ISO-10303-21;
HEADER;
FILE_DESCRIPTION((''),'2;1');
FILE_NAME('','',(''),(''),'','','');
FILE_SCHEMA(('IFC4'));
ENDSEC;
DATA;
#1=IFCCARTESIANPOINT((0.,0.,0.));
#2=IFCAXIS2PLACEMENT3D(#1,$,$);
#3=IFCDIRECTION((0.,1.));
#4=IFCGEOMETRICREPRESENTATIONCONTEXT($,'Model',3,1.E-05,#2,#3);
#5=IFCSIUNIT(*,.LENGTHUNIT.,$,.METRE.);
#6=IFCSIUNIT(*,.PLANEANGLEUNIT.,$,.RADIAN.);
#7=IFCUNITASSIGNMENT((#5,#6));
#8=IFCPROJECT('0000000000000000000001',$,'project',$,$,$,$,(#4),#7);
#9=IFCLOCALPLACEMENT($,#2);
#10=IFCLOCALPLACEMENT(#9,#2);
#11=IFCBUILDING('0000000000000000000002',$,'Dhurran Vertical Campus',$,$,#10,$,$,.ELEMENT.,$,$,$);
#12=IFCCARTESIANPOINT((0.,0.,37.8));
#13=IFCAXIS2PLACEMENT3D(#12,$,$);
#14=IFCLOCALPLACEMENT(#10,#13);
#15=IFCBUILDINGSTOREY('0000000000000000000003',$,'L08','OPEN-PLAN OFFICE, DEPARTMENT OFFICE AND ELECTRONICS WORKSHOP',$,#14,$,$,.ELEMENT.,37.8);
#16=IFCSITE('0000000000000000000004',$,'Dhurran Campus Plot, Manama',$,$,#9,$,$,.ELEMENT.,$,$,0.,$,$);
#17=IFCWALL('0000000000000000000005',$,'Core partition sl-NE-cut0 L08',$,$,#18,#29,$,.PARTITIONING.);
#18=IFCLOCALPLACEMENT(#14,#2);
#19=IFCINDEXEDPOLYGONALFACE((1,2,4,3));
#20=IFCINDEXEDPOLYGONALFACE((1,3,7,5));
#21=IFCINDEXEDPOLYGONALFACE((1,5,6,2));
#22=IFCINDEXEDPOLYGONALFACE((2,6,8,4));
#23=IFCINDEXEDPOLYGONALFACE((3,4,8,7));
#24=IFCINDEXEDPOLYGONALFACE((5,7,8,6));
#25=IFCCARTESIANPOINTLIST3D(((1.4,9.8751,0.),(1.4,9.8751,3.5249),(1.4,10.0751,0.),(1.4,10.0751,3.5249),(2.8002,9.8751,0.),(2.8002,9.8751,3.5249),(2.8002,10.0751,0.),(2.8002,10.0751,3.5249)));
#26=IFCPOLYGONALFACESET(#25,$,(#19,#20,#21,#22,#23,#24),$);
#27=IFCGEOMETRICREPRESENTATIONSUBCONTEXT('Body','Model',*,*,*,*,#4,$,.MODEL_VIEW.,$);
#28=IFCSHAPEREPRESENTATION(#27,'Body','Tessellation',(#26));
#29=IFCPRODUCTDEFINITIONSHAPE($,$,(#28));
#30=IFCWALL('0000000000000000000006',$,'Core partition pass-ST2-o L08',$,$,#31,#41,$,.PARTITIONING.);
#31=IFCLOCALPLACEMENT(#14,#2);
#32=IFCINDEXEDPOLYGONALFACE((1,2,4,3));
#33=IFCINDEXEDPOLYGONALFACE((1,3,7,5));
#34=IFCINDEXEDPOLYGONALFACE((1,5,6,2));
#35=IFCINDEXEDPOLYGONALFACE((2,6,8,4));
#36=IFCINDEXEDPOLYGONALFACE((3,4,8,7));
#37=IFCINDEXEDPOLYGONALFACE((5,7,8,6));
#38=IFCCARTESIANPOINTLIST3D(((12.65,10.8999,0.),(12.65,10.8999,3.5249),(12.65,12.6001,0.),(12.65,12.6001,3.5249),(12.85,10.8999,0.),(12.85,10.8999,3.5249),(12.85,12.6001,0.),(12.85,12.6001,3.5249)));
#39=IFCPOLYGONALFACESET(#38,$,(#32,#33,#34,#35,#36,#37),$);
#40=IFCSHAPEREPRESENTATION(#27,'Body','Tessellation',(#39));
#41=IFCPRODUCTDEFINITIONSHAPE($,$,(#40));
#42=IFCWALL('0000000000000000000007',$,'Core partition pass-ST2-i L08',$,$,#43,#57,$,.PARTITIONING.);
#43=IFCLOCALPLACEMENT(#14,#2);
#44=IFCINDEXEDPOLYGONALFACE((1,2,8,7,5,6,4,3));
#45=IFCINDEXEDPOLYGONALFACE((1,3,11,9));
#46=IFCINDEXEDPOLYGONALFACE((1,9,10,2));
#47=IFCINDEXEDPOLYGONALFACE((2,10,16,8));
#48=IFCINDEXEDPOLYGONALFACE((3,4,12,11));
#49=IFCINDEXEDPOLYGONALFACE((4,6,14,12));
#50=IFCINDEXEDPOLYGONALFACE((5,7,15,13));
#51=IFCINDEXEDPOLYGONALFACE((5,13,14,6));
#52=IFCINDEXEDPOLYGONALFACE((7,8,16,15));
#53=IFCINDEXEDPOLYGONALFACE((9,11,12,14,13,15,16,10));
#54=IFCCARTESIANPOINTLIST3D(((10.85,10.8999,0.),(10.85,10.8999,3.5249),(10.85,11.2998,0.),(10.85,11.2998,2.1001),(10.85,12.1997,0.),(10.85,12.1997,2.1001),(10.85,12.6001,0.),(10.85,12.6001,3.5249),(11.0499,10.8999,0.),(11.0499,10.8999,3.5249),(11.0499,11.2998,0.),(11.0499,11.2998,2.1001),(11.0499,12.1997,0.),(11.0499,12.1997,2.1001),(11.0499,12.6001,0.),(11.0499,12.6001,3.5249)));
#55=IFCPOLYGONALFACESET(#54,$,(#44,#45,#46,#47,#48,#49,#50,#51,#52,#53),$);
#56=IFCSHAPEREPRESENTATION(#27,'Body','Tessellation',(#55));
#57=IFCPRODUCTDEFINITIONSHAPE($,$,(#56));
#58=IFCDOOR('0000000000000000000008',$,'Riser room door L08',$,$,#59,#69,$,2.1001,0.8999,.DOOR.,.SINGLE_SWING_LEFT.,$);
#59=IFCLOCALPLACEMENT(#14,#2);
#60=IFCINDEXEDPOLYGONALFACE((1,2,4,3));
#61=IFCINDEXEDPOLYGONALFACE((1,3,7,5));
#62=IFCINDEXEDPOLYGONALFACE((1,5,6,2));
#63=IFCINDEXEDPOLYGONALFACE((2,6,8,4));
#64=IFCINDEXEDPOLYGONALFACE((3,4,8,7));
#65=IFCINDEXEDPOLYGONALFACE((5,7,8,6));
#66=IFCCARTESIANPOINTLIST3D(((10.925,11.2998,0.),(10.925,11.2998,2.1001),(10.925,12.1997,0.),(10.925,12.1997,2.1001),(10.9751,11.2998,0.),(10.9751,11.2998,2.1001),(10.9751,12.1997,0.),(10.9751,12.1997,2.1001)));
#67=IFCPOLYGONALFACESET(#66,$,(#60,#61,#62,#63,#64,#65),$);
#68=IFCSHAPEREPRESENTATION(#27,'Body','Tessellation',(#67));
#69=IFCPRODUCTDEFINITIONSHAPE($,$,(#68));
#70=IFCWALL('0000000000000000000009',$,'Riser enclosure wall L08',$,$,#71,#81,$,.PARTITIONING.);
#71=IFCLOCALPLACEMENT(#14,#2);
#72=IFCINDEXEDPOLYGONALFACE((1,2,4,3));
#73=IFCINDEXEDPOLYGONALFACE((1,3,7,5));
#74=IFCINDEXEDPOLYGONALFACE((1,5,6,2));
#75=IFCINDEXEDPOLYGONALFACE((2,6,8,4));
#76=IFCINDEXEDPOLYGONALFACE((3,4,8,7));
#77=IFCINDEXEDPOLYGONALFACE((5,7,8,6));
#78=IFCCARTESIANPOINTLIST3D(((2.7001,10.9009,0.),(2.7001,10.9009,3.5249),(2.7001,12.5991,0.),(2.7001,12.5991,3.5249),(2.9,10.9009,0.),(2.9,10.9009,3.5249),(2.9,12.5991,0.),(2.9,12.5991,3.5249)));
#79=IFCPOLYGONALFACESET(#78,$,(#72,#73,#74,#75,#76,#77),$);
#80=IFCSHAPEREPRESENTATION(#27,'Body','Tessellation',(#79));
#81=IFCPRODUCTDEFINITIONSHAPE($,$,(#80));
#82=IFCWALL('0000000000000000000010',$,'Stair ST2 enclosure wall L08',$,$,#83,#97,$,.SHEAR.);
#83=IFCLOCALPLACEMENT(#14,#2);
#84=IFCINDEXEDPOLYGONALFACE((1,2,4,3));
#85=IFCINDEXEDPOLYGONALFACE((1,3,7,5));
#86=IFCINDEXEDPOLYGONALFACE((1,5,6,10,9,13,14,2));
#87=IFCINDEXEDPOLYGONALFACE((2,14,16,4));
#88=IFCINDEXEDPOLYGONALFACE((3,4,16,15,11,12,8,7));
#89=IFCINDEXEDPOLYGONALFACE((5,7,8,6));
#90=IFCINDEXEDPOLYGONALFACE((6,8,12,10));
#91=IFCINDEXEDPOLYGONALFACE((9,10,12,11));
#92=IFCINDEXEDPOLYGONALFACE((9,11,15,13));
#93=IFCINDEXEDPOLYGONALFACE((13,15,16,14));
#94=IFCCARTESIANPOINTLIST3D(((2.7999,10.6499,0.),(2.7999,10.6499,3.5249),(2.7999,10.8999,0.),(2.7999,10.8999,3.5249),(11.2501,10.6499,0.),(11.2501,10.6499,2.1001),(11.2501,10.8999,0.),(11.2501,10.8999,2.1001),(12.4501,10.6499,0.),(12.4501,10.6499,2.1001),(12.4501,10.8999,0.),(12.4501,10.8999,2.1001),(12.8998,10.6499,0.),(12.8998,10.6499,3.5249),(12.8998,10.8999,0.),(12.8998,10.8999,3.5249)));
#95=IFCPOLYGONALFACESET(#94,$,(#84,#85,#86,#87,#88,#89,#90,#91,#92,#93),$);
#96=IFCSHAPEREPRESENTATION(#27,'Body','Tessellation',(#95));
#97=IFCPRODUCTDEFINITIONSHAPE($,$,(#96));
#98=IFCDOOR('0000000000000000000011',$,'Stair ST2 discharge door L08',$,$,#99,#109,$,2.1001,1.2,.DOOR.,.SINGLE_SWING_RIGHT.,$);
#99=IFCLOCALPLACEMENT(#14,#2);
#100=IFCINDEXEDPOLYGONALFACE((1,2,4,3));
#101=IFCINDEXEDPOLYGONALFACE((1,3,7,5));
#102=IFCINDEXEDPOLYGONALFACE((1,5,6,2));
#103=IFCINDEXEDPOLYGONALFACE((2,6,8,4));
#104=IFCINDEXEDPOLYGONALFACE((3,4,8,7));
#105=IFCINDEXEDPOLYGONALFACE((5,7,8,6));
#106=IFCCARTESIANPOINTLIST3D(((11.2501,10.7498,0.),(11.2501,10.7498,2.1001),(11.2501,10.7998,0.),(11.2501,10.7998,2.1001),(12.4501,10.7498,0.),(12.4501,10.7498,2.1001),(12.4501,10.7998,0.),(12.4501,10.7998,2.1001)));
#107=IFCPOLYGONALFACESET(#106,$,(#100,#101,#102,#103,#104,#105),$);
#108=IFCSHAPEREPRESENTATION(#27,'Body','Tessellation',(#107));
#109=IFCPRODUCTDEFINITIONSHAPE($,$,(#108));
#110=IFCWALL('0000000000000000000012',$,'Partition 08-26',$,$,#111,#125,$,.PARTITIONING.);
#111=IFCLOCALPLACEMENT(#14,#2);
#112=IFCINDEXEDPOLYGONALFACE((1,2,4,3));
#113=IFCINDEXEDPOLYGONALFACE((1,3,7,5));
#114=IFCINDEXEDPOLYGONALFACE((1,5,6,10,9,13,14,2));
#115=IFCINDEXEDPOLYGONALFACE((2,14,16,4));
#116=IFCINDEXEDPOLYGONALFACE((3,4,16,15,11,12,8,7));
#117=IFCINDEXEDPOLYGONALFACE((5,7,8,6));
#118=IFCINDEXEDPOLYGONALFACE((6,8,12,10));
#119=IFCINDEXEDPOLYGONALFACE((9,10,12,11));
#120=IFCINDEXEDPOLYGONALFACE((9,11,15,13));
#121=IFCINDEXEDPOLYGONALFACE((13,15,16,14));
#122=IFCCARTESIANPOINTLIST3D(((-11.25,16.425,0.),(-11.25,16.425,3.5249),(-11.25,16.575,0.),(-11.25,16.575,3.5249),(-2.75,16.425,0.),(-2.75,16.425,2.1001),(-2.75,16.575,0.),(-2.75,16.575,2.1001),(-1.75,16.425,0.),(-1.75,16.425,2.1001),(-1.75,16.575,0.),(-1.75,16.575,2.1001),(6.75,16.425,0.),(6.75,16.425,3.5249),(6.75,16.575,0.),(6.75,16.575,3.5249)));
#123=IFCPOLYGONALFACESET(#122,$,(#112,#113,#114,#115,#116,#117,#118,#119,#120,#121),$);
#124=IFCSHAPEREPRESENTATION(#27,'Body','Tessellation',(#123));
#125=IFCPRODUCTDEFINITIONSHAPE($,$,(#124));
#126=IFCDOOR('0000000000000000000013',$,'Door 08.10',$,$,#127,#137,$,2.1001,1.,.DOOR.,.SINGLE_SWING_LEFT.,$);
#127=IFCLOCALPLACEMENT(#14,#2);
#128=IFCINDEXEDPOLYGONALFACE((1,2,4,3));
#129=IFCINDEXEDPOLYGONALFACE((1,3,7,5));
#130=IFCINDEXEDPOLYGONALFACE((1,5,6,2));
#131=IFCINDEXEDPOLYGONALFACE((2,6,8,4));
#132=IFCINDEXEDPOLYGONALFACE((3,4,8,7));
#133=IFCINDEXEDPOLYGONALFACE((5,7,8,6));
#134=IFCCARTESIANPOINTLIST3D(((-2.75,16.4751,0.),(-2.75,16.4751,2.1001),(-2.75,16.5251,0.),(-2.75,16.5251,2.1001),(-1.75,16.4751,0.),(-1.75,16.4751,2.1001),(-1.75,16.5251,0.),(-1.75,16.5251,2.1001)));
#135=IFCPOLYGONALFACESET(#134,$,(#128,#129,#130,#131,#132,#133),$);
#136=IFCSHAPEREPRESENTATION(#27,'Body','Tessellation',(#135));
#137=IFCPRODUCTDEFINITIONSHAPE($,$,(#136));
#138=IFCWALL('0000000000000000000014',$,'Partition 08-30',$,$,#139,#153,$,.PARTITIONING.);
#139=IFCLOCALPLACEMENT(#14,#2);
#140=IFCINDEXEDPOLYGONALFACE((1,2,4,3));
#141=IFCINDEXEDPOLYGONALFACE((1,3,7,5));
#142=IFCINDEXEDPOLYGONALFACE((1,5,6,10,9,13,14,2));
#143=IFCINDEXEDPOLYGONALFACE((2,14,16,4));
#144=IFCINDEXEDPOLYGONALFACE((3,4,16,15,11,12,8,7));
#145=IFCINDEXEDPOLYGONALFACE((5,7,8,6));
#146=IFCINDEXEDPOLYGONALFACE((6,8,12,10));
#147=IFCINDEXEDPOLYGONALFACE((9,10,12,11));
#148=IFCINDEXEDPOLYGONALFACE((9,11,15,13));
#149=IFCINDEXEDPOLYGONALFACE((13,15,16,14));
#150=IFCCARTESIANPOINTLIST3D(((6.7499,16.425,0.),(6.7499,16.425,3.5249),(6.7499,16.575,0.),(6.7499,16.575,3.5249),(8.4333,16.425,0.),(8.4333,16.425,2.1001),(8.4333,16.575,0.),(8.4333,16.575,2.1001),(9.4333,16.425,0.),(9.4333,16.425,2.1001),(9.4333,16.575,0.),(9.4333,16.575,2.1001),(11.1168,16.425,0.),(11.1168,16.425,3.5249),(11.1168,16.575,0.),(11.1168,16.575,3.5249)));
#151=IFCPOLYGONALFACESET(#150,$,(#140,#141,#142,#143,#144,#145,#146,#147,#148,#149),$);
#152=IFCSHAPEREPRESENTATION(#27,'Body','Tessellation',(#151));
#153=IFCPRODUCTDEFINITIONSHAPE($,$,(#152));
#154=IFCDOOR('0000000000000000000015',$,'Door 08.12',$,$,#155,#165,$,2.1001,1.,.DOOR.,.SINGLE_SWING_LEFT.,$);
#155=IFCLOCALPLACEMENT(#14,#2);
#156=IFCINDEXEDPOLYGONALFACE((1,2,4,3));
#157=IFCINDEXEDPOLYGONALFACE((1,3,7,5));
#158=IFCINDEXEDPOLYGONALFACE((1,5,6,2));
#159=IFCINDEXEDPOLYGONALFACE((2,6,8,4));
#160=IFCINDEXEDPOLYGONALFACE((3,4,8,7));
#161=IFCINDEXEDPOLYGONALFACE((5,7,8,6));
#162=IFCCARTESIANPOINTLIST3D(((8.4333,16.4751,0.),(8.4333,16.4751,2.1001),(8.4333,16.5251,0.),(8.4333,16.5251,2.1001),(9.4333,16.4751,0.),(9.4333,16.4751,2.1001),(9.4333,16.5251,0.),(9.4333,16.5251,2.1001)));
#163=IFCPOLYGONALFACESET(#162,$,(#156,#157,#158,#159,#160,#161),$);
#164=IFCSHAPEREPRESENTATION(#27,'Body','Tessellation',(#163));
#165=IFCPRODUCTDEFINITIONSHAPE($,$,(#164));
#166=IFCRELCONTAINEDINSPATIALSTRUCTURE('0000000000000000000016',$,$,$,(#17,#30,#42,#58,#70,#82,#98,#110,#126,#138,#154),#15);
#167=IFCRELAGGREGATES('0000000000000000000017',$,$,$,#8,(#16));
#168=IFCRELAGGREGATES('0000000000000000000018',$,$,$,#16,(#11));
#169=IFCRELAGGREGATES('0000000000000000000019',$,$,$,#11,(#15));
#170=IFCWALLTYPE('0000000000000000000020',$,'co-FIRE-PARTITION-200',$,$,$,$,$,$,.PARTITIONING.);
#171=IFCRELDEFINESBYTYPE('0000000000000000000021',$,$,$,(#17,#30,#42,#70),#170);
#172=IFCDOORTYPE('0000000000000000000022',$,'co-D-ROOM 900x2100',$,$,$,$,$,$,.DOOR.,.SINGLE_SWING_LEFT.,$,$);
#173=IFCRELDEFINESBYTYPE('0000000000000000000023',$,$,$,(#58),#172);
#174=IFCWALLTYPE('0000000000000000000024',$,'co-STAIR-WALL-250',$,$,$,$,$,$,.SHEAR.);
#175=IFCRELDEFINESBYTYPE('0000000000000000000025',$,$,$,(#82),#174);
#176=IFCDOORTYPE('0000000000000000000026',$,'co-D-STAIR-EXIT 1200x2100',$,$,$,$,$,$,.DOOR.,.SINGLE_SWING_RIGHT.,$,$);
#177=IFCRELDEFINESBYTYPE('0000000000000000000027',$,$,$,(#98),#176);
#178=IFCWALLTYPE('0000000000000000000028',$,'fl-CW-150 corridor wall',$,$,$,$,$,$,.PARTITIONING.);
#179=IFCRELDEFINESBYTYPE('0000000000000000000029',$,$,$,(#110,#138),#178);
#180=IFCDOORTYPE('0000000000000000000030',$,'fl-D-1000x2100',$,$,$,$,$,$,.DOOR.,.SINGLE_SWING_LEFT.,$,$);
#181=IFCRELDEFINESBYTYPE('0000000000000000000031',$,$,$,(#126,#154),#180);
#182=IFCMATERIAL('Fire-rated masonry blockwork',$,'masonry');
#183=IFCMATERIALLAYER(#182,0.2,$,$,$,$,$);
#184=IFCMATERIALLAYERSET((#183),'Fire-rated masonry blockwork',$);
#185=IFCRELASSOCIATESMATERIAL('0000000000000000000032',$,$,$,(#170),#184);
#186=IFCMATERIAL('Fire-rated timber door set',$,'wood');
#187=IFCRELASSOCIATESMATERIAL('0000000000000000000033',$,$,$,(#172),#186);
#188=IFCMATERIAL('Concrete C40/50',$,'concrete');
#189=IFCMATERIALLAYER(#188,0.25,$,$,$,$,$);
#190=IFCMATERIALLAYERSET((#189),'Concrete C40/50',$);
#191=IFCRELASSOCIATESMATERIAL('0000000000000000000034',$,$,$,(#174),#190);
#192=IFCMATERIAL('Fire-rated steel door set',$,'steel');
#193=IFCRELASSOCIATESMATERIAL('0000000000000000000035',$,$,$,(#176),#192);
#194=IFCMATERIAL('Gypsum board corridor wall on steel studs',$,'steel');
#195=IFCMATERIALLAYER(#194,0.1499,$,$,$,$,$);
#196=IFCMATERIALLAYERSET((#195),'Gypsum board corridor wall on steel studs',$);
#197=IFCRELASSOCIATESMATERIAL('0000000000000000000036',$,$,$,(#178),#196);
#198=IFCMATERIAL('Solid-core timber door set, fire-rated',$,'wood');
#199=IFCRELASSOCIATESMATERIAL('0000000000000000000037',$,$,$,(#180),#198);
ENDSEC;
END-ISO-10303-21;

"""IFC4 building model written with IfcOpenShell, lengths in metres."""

from ifc_helpers import new_model, si_unit, direction, frame, frame_2d, origin, place, context, subcontext, project, spatial, rectangle, extrude, material, layer, layer_set, type_object, element, fill, save


model = new_model("IFC4")

# Units and contexts
model_context = context("Model", 3, precision=1e-05, world=origin(), true_north=direction((0.0, 1.0)))
body_context = subcontext(model_context, "Body", "Model", "MODEL_VIEW")
ifc_project = project(units=[si_unit("LENGTHUNIT", "METRE"), si_unit("PLANEANGLEUNIT", "RADIAN")], contexts=[model_context])

# Site, building, storey
site_placement = place(None, origin())
site = spatial("IfcSite", under=ifc_project, at=site_placement, Name="Dhurran Campus Plot, Manama", CompositionType="ELEMENT", RefElevation=0.0)
building_placement = place(site_placement, origin())
building = spatial("IfcBuilding", under=site, at=building_placement, Name="Dhurran Vertical Campus", CompositionType="ELEMENT")
storey_placement = place(building_placement, frame((0.0, 0.0, 37.8)))
storey = spatial("IfcBuildingStorey", under=building, at=storey_placement, Name="L08", Description="OPEN-PLAN OFFICE, DEPARTMENT OFFICE AND ELECTRONICS WORKSHOP", CompositionType="ELEMENT", Elevation=37.8)

# Walls
ifc_material_1 = material(Name="Fire-rated masonry blockwork", Category="masonry")
ifc_layer_1 = layer(ifc_material_1, 0.2)
ifc_layer_set_1 = layer_set([ifc_layer_1], Name="Fire-rated masonry blockwork")
wall_type_1 = type_object("IfcWallType", Name="co-FIRE-PARTITION-200", PredefinedType="PARTITIONING", material=ifc_layer_set_1)
wall_1_placement = place(storey_placement, frame((1.3999, 9.9751, 0.0), z_axis=(0.0, 0.0, 1.0), x_axis=(1.0, 0.0, 0.0)))
element("IfcWall", 1, at=wall_1_placement, inside=storey, type_object=wall_type_1, Name="Core partition sl-NE-cut0 L08", PredefinedType="PARTITIONING", context=body_context, shape_type="SweptSolid", body=[
    extrude(rectangle(XDim=1.4001, YDim=0.2, at=frame_2d((0.7002, 0.0))), origin(), (0.0, 0.0, 1.0), 3.5249),
])
wall_2_placement = place(storey_placement, frame((12.75, 10.8999, 0.0), z_axis=(0.0, 0.0, 1.0), x_axis=(0.0, 1.0, 0.0)))
element("IfcWall", 2, at=wall_2_placement, inside=storey, type_object=wall_type_1, Name="Core partition pass-ST2-o L08", PredefinedType="PARTITIONING", context=body_context, shape_type="SweptSolid", body=[
    extrude(rectangle(XDim=1.7002, YDim=0.2, at=frame_2d((0.8501, 0.0))), origin(), (0.0, 0.0, 1.0), 3.5249),
])

# Wall, opening, door
wall_3_placement = place(storey_placement, frame((10.95, 10.8999, 0.0), z_axis=(0.0, 0.0, 1.0), x_axis=(0.0, 1.0, 0.0)))
wall_3 = element("IfcWall", 3, at=wall_3_placement, inside=storey, type_object=wall_type_1, Name="Core partition pass-ST2-i L08", PredefinedType="PARTITIONING", context=body_context, shape_type="SweptSolid", body=[
    extrude(rectangle(XDim=1.7002, YDim=0.2, at=frame_2d((0.8501, 0.0))), origin(), (0.0, 0.0, 1.0), 3.5249),
])
opening_1_placement = place(wall_3_placement, frame((0.3999, 0.0, 0.0)))
opening_1 = element("IfcOpeningElement", 4, at=opening_1_placement, cuts=wall_3, PredefinedType="OPENING", context=body_context, shape_type="SweptSolid", body=[
    extrude(rectangle(XDim=0.8999, YDim=2.1001, at=frame_2d((0.45, 1.05))), frame((0.0, 0.1099, 0.0), z_axis=(0.0, -1.0, 0.0), x_axis=(1.0, 0.0, 0.0)), (0.0, 0.0, 1.0), 0.22),
])
ifc_material_2 = material(Name="Fire-rated timber door set", Category="wood")
door_type_1 = type_object("IfcDoorType", Name="co-D-ROOM 900x2100", OperationType="SINGLE_SWING_LEFT", PredefinedType="DOOR", material=ifc_material_2)
door_1_placement = place(opening_1_placement, origin())
door_1 = element("IfcDoor", 5, at=door_1_placement, inside=storey, type_object=door_type_1, Name="Riser room door L08", OperationType="SINGLE_SWING_LEFT", OverallHeight=2.1001, OverallWidth=0.8999, PredefinedType="DOOR", context=body_context, shape_type="SweptSolid", body=[
    extrude(rectangle(XDim=0.8999, YDim=2.1001, at=frame_2d((0.45, 1.05))), frame((0.0, 0.0249, 0.0), z_axis=(0.0, -1.0, 0.0), x_axis=(1.0, 0.0, 0.0)), (0.0, 0.0, 1.0), 0.05),
])
fill(opening_1, door_1)

# Wall
wall_4_placement = place(storey_placement, frame((2.8, 10.9009, 0.0), z_axis=(0.0, 0.0, 1.0), x_axis=(0.0, 1.0, 0.0)))
element("IfcWall", 6, at=wall_4_placement, inside=storey, type_object=wall_type_1, Name="Riser enclosure wall L08", PredefinedType="PARTITIONING", context=body_context, shape_type="SweptSolid", body=[
    extrude(rectangle(XDim=1.6982, YDim=0.2, at=frame_2d((0.8491, 0.0))), origin(), (0.0, 0.0, 1.0), 3.5249),
])

# Walls, openings, doors
ifc_material_3 = material(Name="Concrete C40/50", Category="concrete")
ifc_layer_2 = layer(ifc_material_3, 0.25)
ifc_layer_set_2 = layer_set([ifc_layer_2], Name="Concrete C40/50")
wall_type_2 = type_object("IfcWallType", Name="co-STAIR-WALL-250", PredefinedType="SHEAR", material=ifc_layer_set_2)
wall_5_placement = place(storey_placement, frame((2.8, 10.7749, 0.0), z_axis=(0.0, 0.0, 1.0), x_axis=(1.0, 0.0, 0.0)))
wall_5 = element("IfcWall", 7, at=wall_5_placement, inside=storey, type_object=wall_type_2, Name="Stair ST2 enclosure wall L08", PredefinedType="SHEAR", context=body_context, shape_type="SweptSolid", body=[
    extrude(rectangle(XDim=10.0999, YDim=0.25, at=frame_2d((5.0498, 0.0))), origin(), (0.0, 0.0, 1.0), 3.5249),
])
opening_2_placement = place(wall_5_placement, frame((8.45, 0.0, 0.0)))
opening_2 = element("IfcOpeningElement", 8, at=opening_2_placement, cuts=wall_5, PredefinedType="OPENING", context=body_context, shape_type="SweptSolid", body=[
    extrude(rectangle(XDim=1.2, YDim=2.1001, at=frame_2d((0.6001, 1.05))), frame((0.0, 0.135, 0.0), z_axis=(0.0, -1.0, 0.0), x_axis=(1.0, 0.0, 0.0)), (0.0, 0.0, 1.0), 0.27),
])
ifc_material_4 = material(Name="Fire-rated steel door set", Category="steel")
door_type_2 = type_object("IfcDoorType", Name="co-D-STAIR-EXIT 1200x2100", OperationType="SINGLE_SWING_RIGHT", PredefinedType="DOOR", material=ifc_material_4)
door_2_placement = place(opening_2_placement, origin())
door_2 = element("IfcDoor", 9, at=door_2_placement, inside=storey, type_object=door_type_2, Name="Stair ST2 discharge door L08", OperationType="SINGLE_SWING_RIGHT", OverallHeight=2.1001, OverallWidth=1.2, PredefinedType="DOOR", context=body_context, shape_type="SweptSolid", body=[
    extrude(rectangle(XDim=1.2, YDim=2.1001, at=frame_2d((0.6001, 1.05))), frame((0.0, 0.0249, 0.0), z_axis=(0.0, -1.0, 0.0), x_axis=(1.0, 0.0, 0.0)), (0.0, 0.0, 1.0), 0.05),
])
fill(opening_2, door_2)
ifc_material_5 = material(Name="Gypsum board corridor wall on steel studs", Category="steel")
ifc_layer_3 = layer(ifc_material_5, 0.1499)
ifc_layer_set_3 = layer_set([ifc_layer_3], Name="Gypsum board corridor wall on steel studs")
wall_type_3 = type_object("IfcWallType", Name="fl-CW-150 corridor wall", PredefinedType="PARTITIONING", material=ifc_layer_set_3)
wall_6_placement = place(storey_placement, frame((6.75, 16.5, 0.0), z_axis=(0.0, 0.0, 1.0), x_axis=(-1.0, 0.0, 0.0)))
wall_6 = element("IfcWall", 10, at=wall_6_placement, inside=storey, type_object=wall_type_3, Name="Partition 08-26", PredefinedType="PARTITIONING", context=body_context, shape_type="SweptSolid", body=[
    extrude(rectangle(XDim=18.0, YDim=0.1499, at=frame_2d((9.0, 0.0))), origin(), (0.0, 0.0, 1.0), 3.5249),
])
opening_3_placement = place(wall_6_placement, frame((8.5, 0.0, 0.0)))
opening_3 = element("IfcOpeningElement", 11, at=opening_3_placement, cuts=wall_6, PredefinedType="OPENING", context=body_context, shape_type="SweptSolid", body=[
    extrude(rectangle(XDim=1.0, YDim=2.1001, at=frame_2d((0.5, 1.05))), frame((0.0, 0.085, 0.0), z_axis=(0.0, -1.0, 0.0), x_axis=(1.0, 0.0, 0.0)), (0.0, 0.0, 1.0), 0.1699),
])
ifc_material_6 = material(Name="Solid-core timber door set, fire-rated", Category="wood")
door_type_3 = type_object("IfcDoorType", Name="fl-D-1000x2100", OperationType="SINGLE_SWING_LEFT", PredefinedType="DOOR", material=ifc_material_6)
door_3_placement = place(opening_3_placement, origin())
door_3 = element("IfcDoor", 12, at=door_3_placement, inside=storey, type_object=door_type_3, Name="Door 08.10", OperationType="SINGLE_SWING_LEFT", OverallHeight=2.1001, OverallWidth=1.0, PredefinedType="DOOR", context=body_context, shape_type="SweptSolid", body=[
    extrude(rectangle(XDim=1.0, YDim=2.1001, at=frame_2d((0.5, 1.05))), frame((0.0, 0.0249, 0.0), z_axis=(0.0, -1.0, 0.0), x_axis=(1.0, 0.0, 0.0)), (0.0, 0.0, 1.0), 0.05),
])
fill(opening_3, door_3)
wall_7_placement = place(storey_placement, frame((11.1169, 16.5, 0.0), z_axis=(0.0, 0.0, 1.0), x_axis=(-1.0, 0.0, 0.0)))
wall_7 = element("IfcWall", 13, at=wall_7_placement, inside=storey, type_object=wall_type_3, Name="Partition 08-30", PredefinedType="PARTITIONING", context=body_context, shape_type="SweptSolid", body=[
    extrude(rectangle(XDim=4.3669, YDim=0.1499, at=frame_2d((2.1836, 0.0))), origin(), (0.0, 0.0, 1.0), 3.5249),
])
opening_4_placement = place(wall_7_placement, frame((1.6836, 0.0, 0.0)))
opening_4 = element("IfcOpeningElement", 14, at=opening_4_placement, cuts=wall_7, PredefinedType="OPENING", context=body_context, shape_type="SweptSolid", body=[
    extrude(rectangle(XDim=1.0, YDim=2.1001, at=frame_2d((0.5, 1.05))), frame((0.0, 0.085, 0.0), z_axis=(0.0, -1.0, 0.0), x_axis=(1.0, 0.0, 0.0)), (0.0, 0.0, 1.0), 0.1699),
])
door_4_placement = place(opening_4_placement, origin())
door_4 = element("IfcDoor", 15, at=door_4_placement, inside=storey, type_object=door_type_3, Name="Door 08.12", OperationType="SINGLE_SWING_LEFT", OverallHeight=2.1001, OverallWidth=1.0, PredefinedType="DOOR", context=body_context, shape_type="SweptSolid", body=[
    extrude(rectangle(XDim=1.0, YDim=2.1001, at=frame_2d((0.5, 1.05))), frame((0.0, 0.0249, 0.0), z_axis=(0.0, -1.0, 0.0), x_axis=(1.0, 0.0, 0.0)), (0.0, 0.0, 1.0), 0.05),
])
fill(opening_4, door_4)

save(model, "model.ifc")
